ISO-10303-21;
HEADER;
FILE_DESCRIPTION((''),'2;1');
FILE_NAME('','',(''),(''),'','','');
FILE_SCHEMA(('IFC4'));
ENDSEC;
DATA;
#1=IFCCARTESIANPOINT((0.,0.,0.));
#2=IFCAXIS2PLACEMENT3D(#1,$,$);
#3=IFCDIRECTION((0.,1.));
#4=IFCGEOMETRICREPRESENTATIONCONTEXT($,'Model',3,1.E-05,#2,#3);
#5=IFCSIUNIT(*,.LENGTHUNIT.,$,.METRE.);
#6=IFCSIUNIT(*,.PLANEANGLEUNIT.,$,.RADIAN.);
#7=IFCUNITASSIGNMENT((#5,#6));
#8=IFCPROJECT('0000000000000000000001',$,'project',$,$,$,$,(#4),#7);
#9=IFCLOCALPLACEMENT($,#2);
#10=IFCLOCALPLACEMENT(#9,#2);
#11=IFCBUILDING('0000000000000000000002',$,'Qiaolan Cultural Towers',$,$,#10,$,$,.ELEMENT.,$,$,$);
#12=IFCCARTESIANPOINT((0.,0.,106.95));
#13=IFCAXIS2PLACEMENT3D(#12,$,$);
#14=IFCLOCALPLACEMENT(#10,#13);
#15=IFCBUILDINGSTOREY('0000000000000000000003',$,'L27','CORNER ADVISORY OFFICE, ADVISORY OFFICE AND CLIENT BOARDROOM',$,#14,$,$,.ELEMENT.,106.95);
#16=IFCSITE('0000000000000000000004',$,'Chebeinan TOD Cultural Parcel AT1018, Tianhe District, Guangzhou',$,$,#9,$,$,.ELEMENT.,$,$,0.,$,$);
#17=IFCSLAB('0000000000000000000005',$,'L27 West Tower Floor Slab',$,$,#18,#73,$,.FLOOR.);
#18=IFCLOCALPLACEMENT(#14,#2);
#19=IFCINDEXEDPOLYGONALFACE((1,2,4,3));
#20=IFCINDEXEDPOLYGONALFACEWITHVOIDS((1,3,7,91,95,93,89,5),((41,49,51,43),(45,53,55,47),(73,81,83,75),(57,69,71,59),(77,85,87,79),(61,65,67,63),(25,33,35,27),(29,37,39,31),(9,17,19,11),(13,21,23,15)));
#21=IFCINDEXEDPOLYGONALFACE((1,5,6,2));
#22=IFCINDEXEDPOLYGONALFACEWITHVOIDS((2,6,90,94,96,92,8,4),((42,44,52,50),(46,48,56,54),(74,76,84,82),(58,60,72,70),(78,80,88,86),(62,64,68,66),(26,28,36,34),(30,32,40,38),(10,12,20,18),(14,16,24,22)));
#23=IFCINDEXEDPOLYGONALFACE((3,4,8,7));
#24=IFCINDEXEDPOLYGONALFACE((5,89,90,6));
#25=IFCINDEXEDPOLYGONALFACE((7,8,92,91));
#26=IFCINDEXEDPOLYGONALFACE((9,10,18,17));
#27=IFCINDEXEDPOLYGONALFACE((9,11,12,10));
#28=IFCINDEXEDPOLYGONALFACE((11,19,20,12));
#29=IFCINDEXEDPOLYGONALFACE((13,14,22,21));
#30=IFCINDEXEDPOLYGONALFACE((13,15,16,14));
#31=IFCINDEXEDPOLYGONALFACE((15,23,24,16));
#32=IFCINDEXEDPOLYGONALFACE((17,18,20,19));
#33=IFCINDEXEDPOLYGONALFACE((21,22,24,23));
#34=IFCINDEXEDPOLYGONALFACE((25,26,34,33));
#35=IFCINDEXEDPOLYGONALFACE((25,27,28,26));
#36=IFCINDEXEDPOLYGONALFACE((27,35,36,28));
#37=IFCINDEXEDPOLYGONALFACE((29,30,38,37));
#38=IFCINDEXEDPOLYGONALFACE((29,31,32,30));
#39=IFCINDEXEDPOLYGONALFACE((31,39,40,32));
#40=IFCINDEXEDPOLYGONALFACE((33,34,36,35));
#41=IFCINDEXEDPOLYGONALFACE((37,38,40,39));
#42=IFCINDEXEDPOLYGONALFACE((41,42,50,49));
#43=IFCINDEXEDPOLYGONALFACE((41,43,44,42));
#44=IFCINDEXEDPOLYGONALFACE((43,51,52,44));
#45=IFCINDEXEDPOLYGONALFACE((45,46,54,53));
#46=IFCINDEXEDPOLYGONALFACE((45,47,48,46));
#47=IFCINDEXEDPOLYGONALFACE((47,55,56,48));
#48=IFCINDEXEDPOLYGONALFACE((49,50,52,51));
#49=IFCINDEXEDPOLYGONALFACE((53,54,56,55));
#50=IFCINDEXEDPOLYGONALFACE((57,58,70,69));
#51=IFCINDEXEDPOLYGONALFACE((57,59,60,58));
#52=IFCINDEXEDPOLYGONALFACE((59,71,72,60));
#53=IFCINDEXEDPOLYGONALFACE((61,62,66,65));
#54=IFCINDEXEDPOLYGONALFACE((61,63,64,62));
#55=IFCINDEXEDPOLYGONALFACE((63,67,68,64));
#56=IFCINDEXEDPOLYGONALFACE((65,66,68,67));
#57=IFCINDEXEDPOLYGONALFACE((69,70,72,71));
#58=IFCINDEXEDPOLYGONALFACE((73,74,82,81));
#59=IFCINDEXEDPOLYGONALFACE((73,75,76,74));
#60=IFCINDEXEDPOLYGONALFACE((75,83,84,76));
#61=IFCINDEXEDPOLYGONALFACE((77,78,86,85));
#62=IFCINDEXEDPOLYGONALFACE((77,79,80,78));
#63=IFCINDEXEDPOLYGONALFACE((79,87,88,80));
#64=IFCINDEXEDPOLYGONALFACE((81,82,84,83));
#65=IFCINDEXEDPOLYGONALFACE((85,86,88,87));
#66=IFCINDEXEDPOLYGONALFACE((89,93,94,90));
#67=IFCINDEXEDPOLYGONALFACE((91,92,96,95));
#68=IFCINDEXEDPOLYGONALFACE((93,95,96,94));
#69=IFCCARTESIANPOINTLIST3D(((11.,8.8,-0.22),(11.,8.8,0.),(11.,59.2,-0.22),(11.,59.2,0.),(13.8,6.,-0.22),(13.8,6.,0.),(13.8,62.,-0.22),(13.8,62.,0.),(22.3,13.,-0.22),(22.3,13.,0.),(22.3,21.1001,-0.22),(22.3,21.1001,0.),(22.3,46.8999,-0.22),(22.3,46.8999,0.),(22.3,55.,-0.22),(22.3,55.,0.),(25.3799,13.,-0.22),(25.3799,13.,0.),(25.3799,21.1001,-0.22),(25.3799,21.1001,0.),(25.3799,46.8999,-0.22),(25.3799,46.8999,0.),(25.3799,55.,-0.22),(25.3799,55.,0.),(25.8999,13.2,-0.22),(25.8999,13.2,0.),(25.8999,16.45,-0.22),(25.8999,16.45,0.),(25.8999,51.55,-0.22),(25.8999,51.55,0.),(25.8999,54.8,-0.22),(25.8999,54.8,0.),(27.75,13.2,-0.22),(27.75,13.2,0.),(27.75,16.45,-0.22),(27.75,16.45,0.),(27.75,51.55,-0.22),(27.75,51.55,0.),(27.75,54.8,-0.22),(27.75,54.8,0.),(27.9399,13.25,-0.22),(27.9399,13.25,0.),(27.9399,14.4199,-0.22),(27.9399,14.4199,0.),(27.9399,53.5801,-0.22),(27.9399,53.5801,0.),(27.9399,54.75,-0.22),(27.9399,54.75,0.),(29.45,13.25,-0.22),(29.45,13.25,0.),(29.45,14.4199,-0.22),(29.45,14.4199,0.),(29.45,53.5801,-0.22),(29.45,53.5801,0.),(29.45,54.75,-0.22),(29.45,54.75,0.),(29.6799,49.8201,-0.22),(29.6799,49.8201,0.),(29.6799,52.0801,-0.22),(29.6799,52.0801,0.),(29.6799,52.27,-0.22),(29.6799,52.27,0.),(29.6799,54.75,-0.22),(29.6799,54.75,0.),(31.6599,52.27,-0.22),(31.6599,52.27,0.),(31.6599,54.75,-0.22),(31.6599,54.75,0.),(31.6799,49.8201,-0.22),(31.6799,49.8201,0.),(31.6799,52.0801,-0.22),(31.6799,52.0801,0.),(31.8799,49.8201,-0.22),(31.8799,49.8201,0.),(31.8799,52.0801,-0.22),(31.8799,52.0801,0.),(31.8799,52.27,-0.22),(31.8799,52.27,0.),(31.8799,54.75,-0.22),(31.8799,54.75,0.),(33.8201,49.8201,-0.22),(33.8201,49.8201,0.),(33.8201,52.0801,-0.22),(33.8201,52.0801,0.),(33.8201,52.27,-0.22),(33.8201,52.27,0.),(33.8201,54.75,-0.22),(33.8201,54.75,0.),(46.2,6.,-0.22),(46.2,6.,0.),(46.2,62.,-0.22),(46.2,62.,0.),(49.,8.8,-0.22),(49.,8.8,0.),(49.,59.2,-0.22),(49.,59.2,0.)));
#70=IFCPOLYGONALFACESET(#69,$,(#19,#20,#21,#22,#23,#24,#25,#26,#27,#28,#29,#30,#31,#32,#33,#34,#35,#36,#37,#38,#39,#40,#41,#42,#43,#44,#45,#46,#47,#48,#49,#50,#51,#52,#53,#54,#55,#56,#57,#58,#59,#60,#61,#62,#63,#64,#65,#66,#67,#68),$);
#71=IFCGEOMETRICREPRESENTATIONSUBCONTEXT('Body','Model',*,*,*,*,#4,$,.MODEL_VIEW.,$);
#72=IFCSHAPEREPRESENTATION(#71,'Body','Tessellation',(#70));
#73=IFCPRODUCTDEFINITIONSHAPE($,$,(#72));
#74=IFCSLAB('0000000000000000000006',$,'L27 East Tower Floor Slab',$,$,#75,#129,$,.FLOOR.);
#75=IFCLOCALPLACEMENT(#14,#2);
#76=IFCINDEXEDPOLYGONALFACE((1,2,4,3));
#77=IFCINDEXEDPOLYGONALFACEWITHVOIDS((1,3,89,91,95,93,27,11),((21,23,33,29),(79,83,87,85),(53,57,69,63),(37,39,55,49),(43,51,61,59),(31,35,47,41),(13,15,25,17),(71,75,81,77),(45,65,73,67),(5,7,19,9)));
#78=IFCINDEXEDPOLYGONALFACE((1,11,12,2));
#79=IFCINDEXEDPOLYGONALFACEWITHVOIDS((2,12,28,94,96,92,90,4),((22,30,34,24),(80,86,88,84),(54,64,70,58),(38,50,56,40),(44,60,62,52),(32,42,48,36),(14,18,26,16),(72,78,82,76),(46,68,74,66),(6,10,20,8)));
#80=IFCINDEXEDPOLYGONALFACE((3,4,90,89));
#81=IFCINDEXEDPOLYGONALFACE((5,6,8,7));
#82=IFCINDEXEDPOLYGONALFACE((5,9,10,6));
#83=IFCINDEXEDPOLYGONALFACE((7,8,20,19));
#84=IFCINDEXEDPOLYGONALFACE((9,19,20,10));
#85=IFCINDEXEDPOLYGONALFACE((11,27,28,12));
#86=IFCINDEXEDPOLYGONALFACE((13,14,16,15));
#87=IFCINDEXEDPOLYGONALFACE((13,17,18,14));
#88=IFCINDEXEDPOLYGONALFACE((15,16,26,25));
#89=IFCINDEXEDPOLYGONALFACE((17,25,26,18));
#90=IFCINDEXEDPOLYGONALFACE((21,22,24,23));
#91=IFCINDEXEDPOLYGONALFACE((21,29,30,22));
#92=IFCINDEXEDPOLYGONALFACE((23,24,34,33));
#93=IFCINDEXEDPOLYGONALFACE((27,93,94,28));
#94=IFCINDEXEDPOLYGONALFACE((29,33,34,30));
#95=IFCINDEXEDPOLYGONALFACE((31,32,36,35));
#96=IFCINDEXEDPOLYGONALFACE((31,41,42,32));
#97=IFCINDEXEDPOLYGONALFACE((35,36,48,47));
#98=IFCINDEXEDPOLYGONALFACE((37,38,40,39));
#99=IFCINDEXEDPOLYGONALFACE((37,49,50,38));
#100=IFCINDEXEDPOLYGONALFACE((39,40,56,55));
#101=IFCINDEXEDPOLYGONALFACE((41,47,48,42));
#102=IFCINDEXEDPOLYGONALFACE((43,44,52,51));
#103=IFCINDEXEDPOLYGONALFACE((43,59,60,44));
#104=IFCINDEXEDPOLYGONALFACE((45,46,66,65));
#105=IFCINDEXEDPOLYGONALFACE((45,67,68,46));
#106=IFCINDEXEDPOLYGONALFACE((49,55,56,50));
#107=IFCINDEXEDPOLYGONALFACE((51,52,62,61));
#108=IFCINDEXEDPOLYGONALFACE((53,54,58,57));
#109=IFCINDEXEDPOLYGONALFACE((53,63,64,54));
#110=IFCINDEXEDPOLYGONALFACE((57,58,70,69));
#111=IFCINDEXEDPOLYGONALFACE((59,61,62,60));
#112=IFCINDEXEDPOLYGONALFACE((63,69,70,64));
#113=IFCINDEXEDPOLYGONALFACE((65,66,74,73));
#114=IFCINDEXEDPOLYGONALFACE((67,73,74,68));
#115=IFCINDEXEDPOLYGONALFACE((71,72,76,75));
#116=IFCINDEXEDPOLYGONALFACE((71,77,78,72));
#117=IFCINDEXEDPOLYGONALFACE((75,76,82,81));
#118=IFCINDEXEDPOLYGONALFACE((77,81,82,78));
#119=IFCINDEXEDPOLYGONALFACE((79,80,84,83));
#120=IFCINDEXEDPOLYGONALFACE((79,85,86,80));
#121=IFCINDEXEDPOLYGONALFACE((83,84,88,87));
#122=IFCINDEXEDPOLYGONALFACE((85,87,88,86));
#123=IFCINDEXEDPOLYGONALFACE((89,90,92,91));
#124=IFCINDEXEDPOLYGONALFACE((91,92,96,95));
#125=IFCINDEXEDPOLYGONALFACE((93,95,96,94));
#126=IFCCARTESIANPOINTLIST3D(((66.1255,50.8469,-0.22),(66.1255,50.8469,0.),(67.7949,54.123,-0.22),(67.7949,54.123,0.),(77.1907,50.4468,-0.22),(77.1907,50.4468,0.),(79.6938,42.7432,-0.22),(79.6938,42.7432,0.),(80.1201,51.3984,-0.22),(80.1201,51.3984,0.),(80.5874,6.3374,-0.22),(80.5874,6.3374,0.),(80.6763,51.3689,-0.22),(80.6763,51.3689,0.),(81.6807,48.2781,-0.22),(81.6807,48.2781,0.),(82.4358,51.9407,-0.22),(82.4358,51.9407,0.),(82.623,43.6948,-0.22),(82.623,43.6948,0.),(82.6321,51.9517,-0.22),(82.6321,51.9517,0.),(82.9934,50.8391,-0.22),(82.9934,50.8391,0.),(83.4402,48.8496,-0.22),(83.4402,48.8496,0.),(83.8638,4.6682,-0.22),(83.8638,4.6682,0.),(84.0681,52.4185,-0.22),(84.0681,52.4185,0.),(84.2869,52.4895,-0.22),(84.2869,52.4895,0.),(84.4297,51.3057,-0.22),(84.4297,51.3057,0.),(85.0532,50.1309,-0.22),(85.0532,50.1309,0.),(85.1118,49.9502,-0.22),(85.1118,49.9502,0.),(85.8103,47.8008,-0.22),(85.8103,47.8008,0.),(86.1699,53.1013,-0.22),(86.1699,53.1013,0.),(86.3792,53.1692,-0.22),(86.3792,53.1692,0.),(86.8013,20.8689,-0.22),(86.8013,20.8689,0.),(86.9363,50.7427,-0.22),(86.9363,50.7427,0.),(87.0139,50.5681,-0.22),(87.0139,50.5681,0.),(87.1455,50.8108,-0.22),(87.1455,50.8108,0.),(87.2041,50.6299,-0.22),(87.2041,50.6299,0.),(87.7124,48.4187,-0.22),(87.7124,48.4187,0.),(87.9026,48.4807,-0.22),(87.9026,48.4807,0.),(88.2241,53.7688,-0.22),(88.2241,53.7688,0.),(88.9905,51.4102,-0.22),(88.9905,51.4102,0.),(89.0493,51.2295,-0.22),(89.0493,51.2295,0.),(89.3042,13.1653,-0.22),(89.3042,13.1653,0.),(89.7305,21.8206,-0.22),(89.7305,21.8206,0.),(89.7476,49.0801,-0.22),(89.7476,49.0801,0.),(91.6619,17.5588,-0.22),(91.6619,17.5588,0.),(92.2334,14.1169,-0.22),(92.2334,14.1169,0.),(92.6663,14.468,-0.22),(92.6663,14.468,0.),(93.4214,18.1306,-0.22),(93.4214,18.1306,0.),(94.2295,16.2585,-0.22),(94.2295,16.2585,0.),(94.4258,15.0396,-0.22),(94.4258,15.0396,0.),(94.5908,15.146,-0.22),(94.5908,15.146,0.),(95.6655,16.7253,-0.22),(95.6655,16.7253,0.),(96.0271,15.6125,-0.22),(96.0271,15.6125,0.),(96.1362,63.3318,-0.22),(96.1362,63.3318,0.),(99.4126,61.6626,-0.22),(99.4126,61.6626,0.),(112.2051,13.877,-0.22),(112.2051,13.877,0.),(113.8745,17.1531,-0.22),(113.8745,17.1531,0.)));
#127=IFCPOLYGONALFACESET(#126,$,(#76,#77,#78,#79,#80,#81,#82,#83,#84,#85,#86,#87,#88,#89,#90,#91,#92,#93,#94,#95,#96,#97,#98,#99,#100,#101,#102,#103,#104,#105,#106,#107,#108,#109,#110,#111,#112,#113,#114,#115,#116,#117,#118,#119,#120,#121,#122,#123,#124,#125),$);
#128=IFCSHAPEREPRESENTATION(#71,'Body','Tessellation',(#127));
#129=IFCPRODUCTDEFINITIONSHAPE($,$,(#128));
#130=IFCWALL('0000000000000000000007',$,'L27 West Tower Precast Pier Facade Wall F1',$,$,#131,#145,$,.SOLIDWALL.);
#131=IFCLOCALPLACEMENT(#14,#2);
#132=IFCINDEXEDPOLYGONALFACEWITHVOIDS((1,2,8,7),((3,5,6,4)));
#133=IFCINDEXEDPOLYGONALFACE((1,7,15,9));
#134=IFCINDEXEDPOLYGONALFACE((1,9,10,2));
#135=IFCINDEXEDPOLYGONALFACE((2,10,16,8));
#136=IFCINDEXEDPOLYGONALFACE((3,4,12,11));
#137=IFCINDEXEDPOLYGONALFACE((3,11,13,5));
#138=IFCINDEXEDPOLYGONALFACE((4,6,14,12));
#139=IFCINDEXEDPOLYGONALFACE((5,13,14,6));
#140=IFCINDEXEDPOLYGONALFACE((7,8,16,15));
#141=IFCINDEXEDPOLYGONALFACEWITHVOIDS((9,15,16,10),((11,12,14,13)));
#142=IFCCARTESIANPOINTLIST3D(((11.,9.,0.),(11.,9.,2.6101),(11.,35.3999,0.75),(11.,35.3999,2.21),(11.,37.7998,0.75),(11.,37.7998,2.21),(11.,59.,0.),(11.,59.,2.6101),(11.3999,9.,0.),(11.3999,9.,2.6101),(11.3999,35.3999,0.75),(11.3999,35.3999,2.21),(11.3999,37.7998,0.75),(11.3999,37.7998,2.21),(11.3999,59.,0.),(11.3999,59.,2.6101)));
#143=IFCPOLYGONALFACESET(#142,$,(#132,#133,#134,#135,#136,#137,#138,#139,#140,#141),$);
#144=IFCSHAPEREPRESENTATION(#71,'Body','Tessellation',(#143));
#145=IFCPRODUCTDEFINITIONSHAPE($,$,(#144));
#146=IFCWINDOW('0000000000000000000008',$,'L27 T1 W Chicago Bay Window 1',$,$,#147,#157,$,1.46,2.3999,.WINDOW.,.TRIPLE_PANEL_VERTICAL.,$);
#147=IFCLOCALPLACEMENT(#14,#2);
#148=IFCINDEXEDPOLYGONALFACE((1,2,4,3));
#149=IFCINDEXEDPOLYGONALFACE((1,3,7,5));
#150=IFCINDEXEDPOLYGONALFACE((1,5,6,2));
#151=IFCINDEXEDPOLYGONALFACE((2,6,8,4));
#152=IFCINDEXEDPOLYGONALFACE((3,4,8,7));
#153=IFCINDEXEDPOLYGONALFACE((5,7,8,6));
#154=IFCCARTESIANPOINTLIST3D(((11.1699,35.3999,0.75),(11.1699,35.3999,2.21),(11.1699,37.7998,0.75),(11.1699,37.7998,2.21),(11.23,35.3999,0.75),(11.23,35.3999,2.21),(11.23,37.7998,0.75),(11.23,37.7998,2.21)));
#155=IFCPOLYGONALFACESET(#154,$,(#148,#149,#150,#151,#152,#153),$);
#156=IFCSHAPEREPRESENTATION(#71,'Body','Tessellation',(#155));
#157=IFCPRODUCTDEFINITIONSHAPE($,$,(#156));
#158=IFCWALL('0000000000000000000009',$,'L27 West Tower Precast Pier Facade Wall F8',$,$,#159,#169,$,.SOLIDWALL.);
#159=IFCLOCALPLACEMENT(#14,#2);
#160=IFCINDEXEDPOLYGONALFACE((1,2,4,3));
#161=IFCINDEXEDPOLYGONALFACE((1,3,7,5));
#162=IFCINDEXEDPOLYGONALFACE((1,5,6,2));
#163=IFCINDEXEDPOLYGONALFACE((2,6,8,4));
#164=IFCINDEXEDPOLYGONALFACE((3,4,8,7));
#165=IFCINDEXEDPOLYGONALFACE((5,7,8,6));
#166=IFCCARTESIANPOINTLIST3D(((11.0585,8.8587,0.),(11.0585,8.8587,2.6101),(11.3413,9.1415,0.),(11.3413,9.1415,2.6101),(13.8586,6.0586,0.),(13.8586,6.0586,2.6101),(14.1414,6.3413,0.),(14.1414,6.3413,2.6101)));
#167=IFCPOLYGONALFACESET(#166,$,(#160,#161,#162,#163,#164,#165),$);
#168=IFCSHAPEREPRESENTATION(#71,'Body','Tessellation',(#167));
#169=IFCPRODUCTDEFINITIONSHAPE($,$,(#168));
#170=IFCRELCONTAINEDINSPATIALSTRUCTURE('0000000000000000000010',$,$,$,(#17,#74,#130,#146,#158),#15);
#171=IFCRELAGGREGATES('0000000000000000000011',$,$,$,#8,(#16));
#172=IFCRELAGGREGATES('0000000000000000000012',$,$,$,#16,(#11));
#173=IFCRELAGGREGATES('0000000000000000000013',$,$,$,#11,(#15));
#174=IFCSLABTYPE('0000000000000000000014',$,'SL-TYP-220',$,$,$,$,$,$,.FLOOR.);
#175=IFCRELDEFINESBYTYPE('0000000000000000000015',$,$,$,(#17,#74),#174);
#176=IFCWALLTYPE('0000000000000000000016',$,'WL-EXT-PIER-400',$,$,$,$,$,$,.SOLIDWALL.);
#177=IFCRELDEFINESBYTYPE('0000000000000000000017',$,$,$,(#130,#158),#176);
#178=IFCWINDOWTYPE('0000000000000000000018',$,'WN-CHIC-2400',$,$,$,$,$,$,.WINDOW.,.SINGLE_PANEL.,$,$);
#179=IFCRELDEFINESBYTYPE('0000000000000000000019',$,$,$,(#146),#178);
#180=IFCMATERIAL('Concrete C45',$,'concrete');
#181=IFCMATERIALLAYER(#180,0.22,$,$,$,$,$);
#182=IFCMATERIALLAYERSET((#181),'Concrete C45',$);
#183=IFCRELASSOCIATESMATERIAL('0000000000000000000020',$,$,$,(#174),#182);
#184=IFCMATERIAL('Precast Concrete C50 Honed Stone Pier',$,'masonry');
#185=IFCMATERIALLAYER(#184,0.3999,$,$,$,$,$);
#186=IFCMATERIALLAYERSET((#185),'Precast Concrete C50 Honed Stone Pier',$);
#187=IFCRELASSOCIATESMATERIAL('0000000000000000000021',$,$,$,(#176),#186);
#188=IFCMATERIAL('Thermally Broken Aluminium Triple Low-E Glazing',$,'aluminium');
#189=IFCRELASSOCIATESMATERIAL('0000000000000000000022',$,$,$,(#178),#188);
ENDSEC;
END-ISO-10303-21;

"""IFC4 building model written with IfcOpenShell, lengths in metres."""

from ifc_helpers import new_model, si_unit, direction, frame, frame_2d, origin, place, context, subcontext, project, spatial, polyline, rectangle, outline, extrude, material, layer, layer_set, type_object, element, fill, save


model = new_model("IFC4")

# Units and contexts
model_context = context("Model", 3, precision=1e-05, world=origin(), true_north=direction((0.0, 1.0)))
body_context = subcontext(model_context, "Body", "Model", "MODEL_VIEW")
ifc_project = project(units=[si_unit("LENGTHUNIT", "METRE"), si_unit("PLANEANGLEUNIT", "RADIAN")], contexts=[model_context])

# Site, building, storey
site_placement = place(None, origin())
site = spatial("IfcSite", under=ifc_project, at=site_placement, Name="Chebeinan TOD Cultural Parcel AT1018, Tianhe District, Guangzhou", CompositionType="ELEMENT", RefElevation=0.0)
building_placement = place(site_placement, origin())
building = spatial("IfcBuilding", under=site, at=building_placement, Name="Qiaolan Cultural Towers", CompositionType="ELEMENT")
storey_placement = place(building_placement, frame((0.0, 0.0, 106.95)))
storey = spatial("IfcBuildingStorey", under=building, at=storey_placement, Name="L27", Description="CORNER ADVISORY OFFICE, ADVISORY OFFICE AND CLIENT BOARDROOM", CompositionType="ELEMENT", Elevation=106.95)

# Slabs
ifc_material_1 = material(Name="Concrete C45", Category="concrete")
ifc_layer_1 = layer(ifc_material_1, 0.22)
ifc_layer_set_1 = layer_set([ifc_layer_1], Name="Concrete C45")
slab_type_1 = type_object("IfcSlabType", Name="SL-TYP-220", PredefinedType="FLOOR", material=ifc_layer_set_1)
slab_1_placement = place(storey_placement, frame((0.0, 0.0, -0.22)))
element("IfcSlab", 1, at=slab_1_placement, inside=storey, type_object=slab_type_1, Name="L27 West Tower Floor Slab", PredefinedType="FLOOR", context=body_context, shape_type="SweptSolid", body=[
    extrude(outline(polyline([(13.8, 6.0), (46.2, 6.0), (49.0, 8.8), (49.0, 59.2), (46.2, 62.0), (13.8, 62.0), (11.0, 59.2), (11.0, 8.8), (13.8, 6.0)]), holes=[polyline([(22.3, 21.1001), (22.3, 13.0), (25.3799, 13.0), (25.3799, 21.1001), (22.3, 21.1001)]), polyline([(25.3799, 46.8999), (25.3799, 55.0), (22.3, 55.0), (22.3, 46.8999), (25.3799, 46.8999)]), polyline([(25.8999, 13.2), (27.75, 13.2), (27.75, 16.45), (25.8999, 16.45), (25.8999, 13.2)]), polyline([(27.9399, 13.25), (29.45, 13.25), (29.45, 14.4199), (27.9399, 14.4199), (27.9399, 13.25)]), polyline([(25.8999, 51.55), (27.75, 51.55), (27.75, 54.8), (25.8999, 54.8), (25.8999, 51.55)]), polyline([(27.9399, 53.5801), (29.45, 53.5801), (29.45, 54.75), (27.9399, 54.75), (27.9399, 53.5801)]), polyline([(29.6799, 49.8201), (31.6799, 49.8201), (31.6799, 52.0801), (29.6799, 52.0801), (29.6799, 49.8201)]), polyline([(31.8799, 49.8201), (33.8201, 49.8201), (33.8201, 52.0801), (31.8799, 52.0801), (31.8799, 49.8201)]), polyline([(29.6799, 52.27), (31.6599, 52.27), (31.6599, 54.75), (29.6799, 54.75), (29.6799, 52.27)]), polyline([(31.8799, 52.27), (33.8201, 52.27), (33.8201, 54.75), (31.8799, 54.75), (31.8799, 52.27)])]), origin(), (0.0, 0.0, 1.0), 0.22),
])
slab_2_placement = place(storey_placement, frame((0.0, 0.0, -0.22)))
element("IfcSlab", 2, at=slab_2_placement, inside=storey, type_object=slab_type_1, Name="L27 East Tower Floor Slab", PredefinedType="FLOOR", context=body_context, shape_type="SweptSolid", body=[
    extrude(outline(polyline([(83.8638, 4.6682), (112.2051, 13.877), (113.8745, 17.1531), (99.4126, 61.6626), (96.1362, 63.3318), (67.7949, 54.123), (66.1255, 50.8469), (80.5874, 6.3374), (83.8638, 4.6682)]), holes=[polyline([(86.8013, 20.8689), (89.3042, 13.1653), (92.2334, 14.1169), (89.7305, 21.8206), (86.8013, 20.8689)]), polyline([(82.623, 43.6948), (80.1201, 51.3984), (77.1907, 50.4468), (79.6938, 42.7432), (82.623, 43.6948)]), polyline([(92.6663, 14.468), (94.4258, 15.0396), (93.4214, 18.1306), (91.6619, 17.5588), (92.6663, 14.468)]), polyline([(94.5908, 15.146), (96.0271, 15.6125), (95.6655, 16.7253), (94.2295, 16.2585), (94.5908, 15.146)]), polyline([(81.6807, 48.2781), (83.4402, 48.8496), (82.4358, 51.9407), (80.6763, 51.3689), (81.6807, 48.2781)]), polyline([(82.9934, 50.8391), (84.4297, 51.3057), (84.0681, 52.4185), (82.6321, 51.9517), (82.9934, 50.8391)]), polyline([(85.8103, 47.8008), (87.7124, 48.4187), (87.0139, 50.5681), (85.1118, 49.9502), (85.8103, 47.8008)]), polyline([(87.9026, 48.4807), (89.7476, 49.0801), (89.0493, 51.2295), (87.2041, 50.6299), (87.9026, 48.4807)]), polyline([(85.0532, 50.1309), (86.9363, 50.7427), (86.1699, 53.1013), (84.2869, 52.4895), (85.0532, 50.1309)]), polyline([(87.1455, 50.8108), (88.9905, 51.4102), (88.2241, 53.7688), (86.3792, 53.1692), (87.1455, 50.8108)])]), origin(), (0.0, 0.0, 1.0), 0.22),
])

# Wall, opening, window
ifc_material_2 = material(Name="Precast Concrete C50 Honed Stone Pier", Category="masonry")
ifc_layer_2 = layer(ifc_material_2, 0.3999)
ifc_layer_set_2 = layer_set([ifc_layer_2], Name="Precast Concrete C50 Honed Stone Pier")
wall_type_1 = type_object("IfcWallType", Name="WL-EXT-PIER-400", PredefinedType="SOLIDWALL", material=ifc_layer_set_2)
wall_1_placement = place(storey_placement, frame((11.2, 9.0, 0.0), z_axis=(0.0, 0.0, 1.0), x_axis=(0.0, 1.0, 0.0)))
wall_1 = element("IfcWall", 3, at=wall_1_placement, inside=storey, type_object=wall_type_1, Name="L27 West Tower Precast Pier Facade Wall F1", PredefinedType="SOLIDWALL", context=body_context, shape_type="SweptSolid", body=[
    extrude(rectangle(XDim=50.0, YDim=0.3999, at=frame_2d((25.0, 0.0))), origin(), (0.0, 0.0, 1.0), 2.6101),
])
opening_placement = place(wall_1_placement, frame((26.3999, 0.0, 0.75)))
opening = element("IfcOpeningElement", 4, at=opening_placement, cuts=wall_1, PredefinedType="OPENING", context=body_context, shape_type="SweptSolid", body=[
    extrude(rectangle(XDim=2.3999, YDim=1.46, at=frame_2d((1.2, 0.73))), frame((0.0, 0.21, 0.0), z_axis=(0.0, -1.0, 0.0), x_axis=(1.0, 0.0, 0.0)), (0.0, 0.0, 1.0), 0.4199),
])
ifc_material_3 = material(Name="Thermally Broken Aluminium Triple Low-E Glazing", Category="aluminium")
window_type = type_object("IfcWindowType", Name="WN-CHIC-2400", PartitioningType="SINGLE_PANEL", PredefinedType="WINDOW", material=ifc_material_3)
window_placement = place(opening_placement, origin())
window = element("IfcWindow", 5, at=window_placement, inside=storey, type_object=window_type, Name="L27 T1 W Chicago Bay Window 1", OverallHeight=1.46, OverallWidth=2.3999, PartitioningType="TRIPLE_PANEL_VERTICAL", PredefinedType="WINDOW", context=body_context, shape_type="SweptSolid", body=[
    extrude(rectangle(XDim=2.3999, YDim=1.46, at=frame_2d((1.2, 0.73))), frame((0.0, 0.03, 0.0), z_axis=(0.0, -1.0, 0.0), x_axis=(1.0, 0.0, 0.0)), (0.0, 0.0, 1.0), 0.0601),
])
fill(opening, window)

# Wall
wall_2_placement = place(storey_placement, frame((14.0, 6.2, 0.0), z_axis=(0.0, 0.0, 1.0), x_axis=(-0.707107, 0.707107, 0.0)))
element("IfcWall", 6, at=wall_2_placement, inside=storey, type_object=wall_type_1, Name="L27 West Tower Precast Pier Facade Wall F8", PredefinedType="SOLIDWALL", context=body_context, shape_type="SweptSolid", body=[
    extrude(rectangle(XDim=3.96, YDim=0.3999, at=frame_2d((1.98, 0.0))), origin(), (0.0, 0.0, 1.0), 2.6101),
])

save(model, "model.ifc")
